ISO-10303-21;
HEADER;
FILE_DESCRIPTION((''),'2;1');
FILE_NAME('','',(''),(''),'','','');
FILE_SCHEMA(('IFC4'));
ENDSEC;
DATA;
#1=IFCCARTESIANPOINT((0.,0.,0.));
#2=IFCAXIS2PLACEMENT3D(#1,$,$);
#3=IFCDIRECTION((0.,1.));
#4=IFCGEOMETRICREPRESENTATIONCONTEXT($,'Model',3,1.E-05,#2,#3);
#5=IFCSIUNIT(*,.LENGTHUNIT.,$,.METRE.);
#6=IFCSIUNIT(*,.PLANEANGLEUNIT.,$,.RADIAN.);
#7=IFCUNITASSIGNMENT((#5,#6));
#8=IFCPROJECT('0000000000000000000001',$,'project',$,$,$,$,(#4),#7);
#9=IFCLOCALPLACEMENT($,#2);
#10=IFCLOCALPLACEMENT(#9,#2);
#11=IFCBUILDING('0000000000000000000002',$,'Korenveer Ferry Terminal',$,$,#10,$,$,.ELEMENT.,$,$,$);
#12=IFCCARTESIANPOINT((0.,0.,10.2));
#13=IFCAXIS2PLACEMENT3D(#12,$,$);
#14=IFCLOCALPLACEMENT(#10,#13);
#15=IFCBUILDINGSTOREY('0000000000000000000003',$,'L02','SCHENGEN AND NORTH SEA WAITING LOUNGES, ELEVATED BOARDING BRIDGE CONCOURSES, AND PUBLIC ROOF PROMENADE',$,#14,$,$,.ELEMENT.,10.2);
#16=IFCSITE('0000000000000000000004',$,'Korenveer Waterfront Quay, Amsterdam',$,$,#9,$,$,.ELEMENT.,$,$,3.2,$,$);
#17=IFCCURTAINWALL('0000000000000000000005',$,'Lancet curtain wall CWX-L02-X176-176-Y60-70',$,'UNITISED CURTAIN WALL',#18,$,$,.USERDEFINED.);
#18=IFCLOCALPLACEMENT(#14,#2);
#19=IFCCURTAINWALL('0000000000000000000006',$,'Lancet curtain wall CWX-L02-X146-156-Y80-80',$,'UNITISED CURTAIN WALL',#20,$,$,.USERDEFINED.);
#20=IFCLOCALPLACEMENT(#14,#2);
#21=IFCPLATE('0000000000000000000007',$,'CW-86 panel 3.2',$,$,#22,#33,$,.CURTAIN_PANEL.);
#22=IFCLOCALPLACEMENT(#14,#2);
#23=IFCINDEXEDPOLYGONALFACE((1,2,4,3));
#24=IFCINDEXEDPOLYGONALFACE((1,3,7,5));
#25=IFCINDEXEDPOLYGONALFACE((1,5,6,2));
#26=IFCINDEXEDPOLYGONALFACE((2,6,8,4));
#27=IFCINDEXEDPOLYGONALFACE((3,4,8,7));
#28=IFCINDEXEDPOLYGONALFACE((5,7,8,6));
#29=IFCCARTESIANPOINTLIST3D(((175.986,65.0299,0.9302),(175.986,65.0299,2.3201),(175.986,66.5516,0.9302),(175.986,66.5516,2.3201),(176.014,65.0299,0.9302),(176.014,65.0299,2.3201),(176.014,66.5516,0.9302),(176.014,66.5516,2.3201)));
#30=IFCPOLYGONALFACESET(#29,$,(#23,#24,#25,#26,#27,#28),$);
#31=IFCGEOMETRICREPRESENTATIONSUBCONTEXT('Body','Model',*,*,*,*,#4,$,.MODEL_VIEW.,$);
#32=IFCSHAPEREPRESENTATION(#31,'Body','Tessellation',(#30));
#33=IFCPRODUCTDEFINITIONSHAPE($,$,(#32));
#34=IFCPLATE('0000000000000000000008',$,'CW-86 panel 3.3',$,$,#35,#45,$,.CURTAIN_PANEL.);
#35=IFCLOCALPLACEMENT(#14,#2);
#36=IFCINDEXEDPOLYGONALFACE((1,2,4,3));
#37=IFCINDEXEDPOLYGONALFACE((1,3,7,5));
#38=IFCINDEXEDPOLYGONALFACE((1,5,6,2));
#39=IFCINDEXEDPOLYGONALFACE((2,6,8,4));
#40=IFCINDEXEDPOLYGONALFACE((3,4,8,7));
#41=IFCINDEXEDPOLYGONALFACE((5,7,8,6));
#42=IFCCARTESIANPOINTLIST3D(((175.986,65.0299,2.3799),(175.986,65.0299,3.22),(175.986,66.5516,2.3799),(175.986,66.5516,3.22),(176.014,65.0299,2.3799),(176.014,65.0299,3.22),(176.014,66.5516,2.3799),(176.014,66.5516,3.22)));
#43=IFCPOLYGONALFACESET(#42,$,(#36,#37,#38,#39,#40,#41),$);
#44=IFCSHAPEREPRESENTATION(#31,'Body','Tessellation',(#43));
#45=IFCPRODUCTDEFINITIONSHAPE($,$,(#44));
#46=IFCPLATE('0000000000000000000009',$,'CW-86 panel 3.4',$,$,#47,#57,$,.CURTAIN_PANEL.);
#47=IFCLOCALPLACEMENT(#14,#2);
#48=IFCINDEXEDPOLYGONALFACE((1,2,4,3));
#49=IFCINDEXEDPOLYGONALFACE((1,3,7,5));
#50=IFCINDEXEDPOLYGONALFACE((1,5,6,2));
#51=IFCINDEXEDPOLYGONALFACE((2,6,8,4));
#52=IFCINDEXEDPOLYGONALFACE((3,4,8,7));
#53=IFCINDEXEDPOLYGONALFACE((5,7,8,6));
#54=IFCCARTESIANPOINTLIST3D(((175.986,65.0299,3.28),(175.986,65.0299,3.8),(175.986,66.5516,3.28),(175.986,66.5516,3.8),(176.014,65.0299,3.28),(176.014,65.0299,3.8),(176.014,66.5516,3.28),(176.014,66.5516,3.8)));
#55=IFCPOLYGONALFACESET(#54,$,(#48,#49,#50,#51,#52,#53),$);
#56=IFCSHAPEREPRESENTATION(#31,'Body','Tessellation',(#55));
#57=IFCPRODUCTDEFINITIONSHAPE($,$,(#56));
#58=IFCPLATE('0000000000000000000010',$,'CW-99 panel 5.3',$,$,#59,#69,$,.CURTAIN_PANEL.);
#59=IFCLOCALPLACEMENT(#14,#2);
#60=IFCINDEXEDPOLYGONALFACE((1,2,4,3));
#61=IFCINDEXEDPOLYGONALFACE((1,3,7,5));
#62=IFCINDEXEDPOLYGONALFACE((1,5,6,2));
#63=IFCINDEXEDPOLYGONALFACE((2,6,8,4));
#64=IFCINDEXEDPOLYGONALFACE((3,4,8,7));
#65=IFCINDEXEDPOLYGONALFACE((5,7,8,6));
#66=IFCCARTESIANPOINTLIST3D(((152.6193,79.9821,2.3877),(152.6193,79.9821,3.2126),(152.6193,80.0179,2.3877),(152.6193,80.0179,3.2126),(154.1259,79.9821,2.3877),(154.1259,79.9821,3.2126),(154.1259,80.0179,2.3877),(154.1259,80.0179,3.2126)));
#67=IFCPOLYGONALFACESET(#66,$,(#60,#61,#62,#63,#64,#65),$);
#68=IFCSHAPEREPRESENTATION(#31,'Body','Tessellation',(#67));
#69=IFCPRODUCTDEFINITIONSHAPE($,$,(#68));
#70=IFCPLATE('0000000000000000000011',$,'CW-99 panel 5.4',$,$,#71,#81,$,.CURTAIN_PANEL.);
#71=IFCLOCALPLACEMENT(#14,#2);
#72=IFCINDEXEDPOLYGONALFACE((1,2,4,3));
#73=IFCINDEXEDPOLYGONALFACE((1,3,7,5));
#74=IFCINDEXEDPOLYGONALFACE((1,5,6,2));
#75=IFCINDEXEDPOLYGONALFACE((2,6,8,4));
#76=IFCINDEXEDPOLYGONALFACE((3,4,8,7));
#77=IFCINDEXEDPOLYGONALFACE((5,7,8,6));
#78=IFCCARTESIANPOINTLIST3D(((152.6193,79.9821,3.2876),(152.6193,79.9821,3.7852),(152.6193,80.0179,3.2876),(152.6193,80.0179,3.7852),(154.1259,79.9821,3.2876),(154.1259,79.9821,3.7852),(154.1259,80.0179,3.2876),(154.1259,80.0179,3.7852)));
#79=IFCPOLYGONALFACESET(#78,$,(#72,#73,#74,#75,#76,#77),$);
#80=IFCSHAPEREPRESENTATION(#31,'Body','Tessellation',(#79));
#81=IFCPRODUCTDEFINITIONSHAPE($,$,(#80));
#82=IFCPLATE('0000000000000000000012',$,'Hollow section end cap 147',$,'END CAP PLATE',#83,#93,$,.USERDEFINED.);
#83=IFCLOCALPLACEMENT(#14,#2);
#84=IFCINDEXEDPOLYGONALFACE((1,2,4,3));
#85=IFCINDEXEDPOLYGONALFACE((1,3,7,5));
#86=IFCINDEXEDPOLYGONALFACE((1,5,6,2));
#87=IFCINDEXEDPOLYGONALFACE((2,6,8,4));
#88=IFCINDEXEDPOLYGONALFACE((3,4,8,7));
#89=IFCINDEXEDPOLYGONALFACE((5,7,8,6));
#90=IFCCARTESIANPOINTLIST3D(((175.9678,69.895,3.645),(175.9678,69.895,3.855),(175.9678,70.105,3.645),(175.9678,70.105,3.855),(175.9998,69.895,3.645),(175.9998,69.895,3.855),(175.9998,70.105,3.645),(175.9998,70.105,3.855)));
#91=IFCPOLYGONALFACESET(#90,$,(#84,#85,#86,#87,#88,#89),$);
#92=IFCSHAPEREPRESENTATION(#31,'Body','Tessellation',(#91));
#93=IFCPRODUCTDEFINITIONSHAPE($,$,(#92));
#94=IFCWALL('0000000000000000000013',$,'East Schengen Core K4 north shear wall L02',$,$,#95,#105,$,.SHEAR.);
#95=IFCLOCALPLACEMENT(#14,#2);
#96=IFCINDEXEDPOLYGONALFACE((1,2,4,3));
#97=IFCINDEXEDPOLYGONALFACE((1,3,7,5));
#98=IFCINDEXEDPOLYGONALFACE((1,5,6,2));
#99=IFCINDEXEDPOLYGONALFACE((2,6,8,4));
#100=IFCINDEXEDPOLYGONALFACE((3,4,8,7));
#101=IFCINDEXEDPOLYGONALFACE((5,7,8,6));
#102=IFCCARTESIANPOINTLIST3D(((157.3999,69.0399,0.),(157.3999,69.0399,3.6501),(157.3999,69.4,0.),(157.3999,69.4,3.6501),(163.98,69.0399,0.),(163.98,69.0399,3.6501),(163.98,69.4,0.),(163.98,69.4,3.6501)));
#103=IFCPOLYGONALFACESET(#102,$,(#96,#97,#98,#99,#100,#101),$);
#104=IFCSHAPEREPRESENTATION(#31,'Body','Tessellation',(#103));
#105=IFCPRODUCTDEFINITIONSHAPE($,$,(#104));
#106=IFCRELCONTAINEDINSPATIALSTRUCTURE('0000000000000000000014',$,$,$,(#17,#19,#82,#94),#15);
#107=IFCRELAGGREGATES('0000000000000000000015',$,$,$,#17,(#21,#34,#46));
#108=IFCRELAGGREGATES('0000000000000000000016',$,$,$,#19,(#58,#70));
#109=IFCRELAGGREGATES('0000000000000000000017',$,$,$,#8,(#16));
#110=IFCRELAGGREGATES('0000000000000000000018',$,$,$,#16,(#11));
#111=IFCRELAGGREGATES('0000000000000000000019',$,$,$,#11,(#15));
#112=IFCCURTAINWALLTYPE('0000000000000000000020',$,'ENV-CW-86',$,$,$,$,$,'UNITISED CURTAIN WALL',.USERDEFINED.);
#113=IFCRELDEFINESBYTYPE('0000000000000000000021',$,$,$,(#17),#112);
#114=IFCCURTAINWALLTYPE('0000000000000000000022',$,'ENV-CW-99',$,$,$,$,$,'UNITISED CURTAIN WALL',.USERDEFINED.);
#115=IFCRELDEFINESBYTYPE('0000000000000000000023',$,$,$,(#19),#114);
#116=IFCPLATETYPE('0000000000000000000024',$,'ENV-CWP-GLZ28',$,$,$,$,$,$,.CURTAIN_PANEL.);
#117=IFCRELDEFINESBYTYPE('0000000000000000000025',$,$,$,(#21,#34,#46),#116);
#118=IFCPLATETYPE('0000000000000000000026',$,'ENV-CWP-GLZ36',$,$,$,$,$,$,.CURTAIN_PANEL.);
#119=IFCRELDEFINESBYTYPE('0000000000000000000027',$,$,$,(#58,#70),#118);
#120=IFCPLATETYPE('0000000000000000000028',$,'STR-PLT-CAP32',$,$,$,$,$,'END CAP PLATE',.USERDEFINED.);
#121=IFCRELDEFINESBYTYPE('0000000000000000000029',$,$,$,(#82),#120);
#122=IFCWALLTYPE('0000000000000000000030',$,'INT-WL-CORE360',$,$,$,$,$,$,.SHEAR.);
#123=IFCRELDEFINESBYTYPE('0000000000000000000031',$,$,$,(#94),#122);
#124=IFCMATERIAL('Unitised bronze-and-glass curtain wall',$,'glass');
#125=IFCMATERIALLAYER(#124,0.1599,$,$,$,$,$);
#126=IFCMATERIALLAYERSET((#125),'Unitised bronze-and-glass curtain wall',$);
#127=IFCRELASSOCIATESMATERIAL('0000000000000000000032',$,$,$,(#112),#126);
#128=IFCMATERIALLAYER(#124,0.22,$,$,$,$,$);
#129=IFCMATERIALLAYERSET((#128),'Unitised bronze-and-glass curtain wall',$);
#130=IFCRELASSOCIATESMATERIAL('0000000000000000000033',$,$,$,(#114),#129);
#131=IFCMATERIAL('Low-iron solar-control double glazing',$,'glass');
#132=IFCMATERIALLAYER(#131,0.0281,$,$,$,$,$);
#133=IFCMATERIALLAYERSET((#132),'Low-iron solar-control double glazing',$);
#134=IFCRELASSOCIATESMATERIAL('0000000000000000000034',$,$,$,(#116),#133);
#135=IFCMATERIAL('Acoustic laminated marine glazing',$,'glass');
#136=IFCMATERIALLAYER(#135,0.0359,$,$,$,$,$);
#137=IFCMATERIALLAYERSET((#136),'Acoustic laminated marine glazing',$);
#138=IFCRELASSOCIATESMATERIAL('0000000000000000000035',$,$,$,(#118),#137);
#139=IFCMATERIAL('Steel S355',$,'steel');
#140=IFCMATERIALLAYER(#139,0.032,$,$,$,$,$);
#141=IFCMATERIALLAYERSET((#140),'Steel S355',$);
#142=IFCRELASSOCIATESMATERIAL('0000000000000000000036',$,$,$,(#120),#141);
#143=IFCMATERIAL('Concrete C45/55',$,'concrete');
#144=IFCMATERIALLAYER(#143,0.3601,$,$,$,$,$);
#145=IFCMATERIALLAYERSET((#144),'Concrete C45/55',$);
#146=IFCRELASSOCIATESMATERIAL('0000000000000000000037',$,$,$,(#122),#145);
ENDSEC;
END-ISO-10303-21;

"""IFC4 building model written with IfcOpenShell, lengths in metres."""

from ifc_helpers import new_model, si_unit, direction, frame, frame_2d, origin, origin_2d, place, context, subcontext, project, spatial, rectangle, extrude, material, layer, layer_set, type_object, element, aggregate, save


model = new_model("IFC4")

# Units and contexts
model_context = context("Model", 3, precision=1e-05, world=origin(), true_north=direction((0.0, 1.0)))
body_context = subcontext(model_context, "Body", "Model", "MODEL_VIEW")
ifc_project = project(units=[si_unit("LENGTHUNIT", "METRE"), si_unit("PLANEANGLEUNIT", "RADIAN")], contexts=[model_context])

# Site, building, storey
site_placement = place(None, origin())
site = spatial("IfcSite", under=ifc_project, at=site_placement, Name="Korenveer Waterfront Quay, Amsterdam", CompositionType="ELEMENT", RefElevation=3.2)
building_placement = place(site_placement, origin())
building = spatial("IfcBuilding", under=site, at=building_placement, Name="Korenveer Ferry Terminal", CompositionType="ELEMENT")
storey_placement = place(building_placement, frame((0.0, 0.0, 10.2)))
storey = spatial("IfcBuildingStorey", under=building, at=storey_placement, Name="L02", Description="SCHENGEN AND NORTH SEA WAITING LOUNGES, ELEVATED BOARDING BRIDGE CONCOURSES, AND PUBLIC ROOF PROMENADE", CompositionType="ELEMENT", Elevation=10.2)

# Shared definitions
ifc_material_1 = material(Name="Concrete C45/55", Category="concrete")

# Curtain wall
ifc_material_2 = material(Name="Unitised bronze-and-glass curtain wall", Category="glass")
ifc_layer_1 = layer(ifc_material_2, 0.1599)
ifc_layer_set_1 = layer_set([ifc_layer_1], Name="Unitised bronze-and-glass curtain wall")
curtain_wall_type_1 = type_object("IfcCurtainWallType", Name="ENV-CW-86", ElementType="UNITISED CURTAIN WALL", PredefinedType="USERDEFINED", material=ifc_layer_set_1)
curtain_wall_1_placement = place(storey_placement, frame((176.0, 69.7451, 0.0)))
curtain_wall_1 = element("IfcCurtainWall", 1, at=curtain_wall_1_placement, inside=storey, type_object=curtain_wall_type_1, Name="Lancet curtain wall CWX-L02-X176-176-Y60-70", ObjectType="UNITISED CURTAIN WALL", PredefinedType="USERDEFINED")

# Curtain wall
ifc_layer_2 = layer(ifc_material_2, 0.22)
ifc_layer_set_2 = layer_set([ifc_layer_2], Name="Unitised bronze-and-glass curtain wall")
curtain_wall_type_2 = type_object("IfcCurtainWallType", Name="ENV-CW-99", ElementType="UNITISED CURTAIN WALL", PredefinedType="USERDEFINED", material=ifc_layer_set_2)
curtain_wall_2_placement = place(storey_placement, frame((146.2549, 80.0, 0.0)))
curtain_wall_2 = element("IfcCurtainWall", 2, at=curtain_wall_2_placement, inside=storey, type_object=curtain_wall_type_2, Name="Lancet curtain wall CWX-L02-X146-156-Y80-80", ObjectType="UNITISED CURTAIN WALL", PredefinedType="USERDEFINED")

# Plates
ifc_material_3 = material(Name="Low-iron solar-control double glazing", Category="glass")
ifc_layer_3 = layer(ifc_material_3, 0.0281)
ifc_layer_set_3 = layer_set([ifc_layer_3], Name="Low-iron solar-control double glazing")
plate_type_1 = type_object("IfcPlateType", Name="ENV-CWP-GLZ28", PredefinedType="CURTAIN_PANEL", material=ifc_layer_set_3)
plate_1_placement = place(storey_placement, frame((176.0, 65.7908, 0.9302), z_axis=(0.0, 0.0, 1.0), x_axis=(0.0, -1.0, 0.0)))
plate_1 = element("IfcPlate", 3, at=plate_1_placement, type_object=plate_type_1, Name="CW-86 panel 3.2", PredefinedType="CURTAIN_PANEL", context=body_context, shape_type="SweptSolid", body=[
    extrude(rectangle(XDim=1.5217, YDim=0.0281, at=origin_2d()), origin(), (0.0, 0.0, 1.0), 1.3899),
])
plate_2_placement = place(storey_placement, frame((176.0, 65.7908, 2.3799), z_axis=(0.0, 0.0, 1.0), x_axis=(0.0, -1.0, 0.0)))
plate_2 = element("IfcPlate", 4, at=plate_2_placement, type_object=plate_type_1, Name="CW-86 panel 3.3", PredefinedType="CURTAIN_PANEL", context=body_context, shape_type="SweptSolid", body=[
    extrude(rectangle(XDim=1.5217, YDim=0.0281, at=origin_2d()), origin(), (0.0, 0.0, 1.0), 0.8401),
])
plate_3_placement = place(storey_placement, frame((176.0, 65.7908, 3.28), z_axis=(0.0, 0.0, 1.0), x_axis=(0.0, -1.0, 0.0)))
plate_3 = element("IfcPlate", 5, at=plate_3_placement, type_object=plate_type_1, Name="CW-86 panel 3.4", PredefinedType="CURTAIN_PANEL", context=body_context, shape_type="SweptSolid", body=[
    extrude(rectangle(XDim=1.5217, YDim=0.0281, at=origin_2d()), origin(), (0.0, 0.0, 1.0), 0.52),
])
aggregate(curtain_wall_1, [plate_1, plate_2, plate_3])
ifc_material_4 = material(Name="Acoustic laminated marine glazing", Category="glass")
ifc_layer_4 = layer(ifc_material_4, 0.0359)
ifc_layer_set_4 = layer_set([ifc_layer_4], Name="Acoustic laminated marine glazing")
plate_type_2 = type_object("IfcPlateType", Name="ENV-CWP-GLZ36", PredefinedType="CURTAIN_PANEL", material=ifc_layer_set_4)
plate_4_placement = place(storey_placement, frame((153.3726, 80.0, 2.3877), z_axis=(0.0, 0.0, 1.0), x_axis=(1.0, 0.0, 0.0)))
plate_4 = element("IfcPlate", 6, at=plate_4_placement, type_object=plate_type_2, Name="CW-99 panel 5.3", PredefinedType="CURTAIN_PANEL", context=body_context, shape_type="SweptSolid", body=[
    extrude(rectangle(XDim=1.5066, YDim=0.0359, at=origin_2d()), origin(), (0.0, 0.0, 1.0), 0.825),
])
plate_5_placement = place(storey_placement, frame((153.3726, 80.0, 3.2876), z_axis=(0.0, 0.0, 1.0), x_axis=(1.0, 0.0, 0.0)))
plate_5 = element("IfcPlate", 7, at=plate_5_placement, type_object=plate_type_2, Name="CW-99 panel 5.4", PredefinedType="CURTAIN_PANEL", context=body_context, shape_type="SweptSolid", body=[
    extrude(rectangle(XDim=1.5066, YDim=0.0359, at=origin_2d()), origin(), (0.0, 0.0, 1.0), 0.4976),
])
aggregate(curtain_wall_2, [plate_4, plate_5])
ifc_material_5 = material(Name="Steel S355", Category="steel")
ifc_layer_5 = layer(ifc_material_5, 0.032)
ifc_layer_set_5 = layer_set([ifc_layer_5], Name="Steel S355")
plate_type_3 = type_object("IfcPlateType", Name="STR-PLT-CAP32", ElementType="END CAP PLATE", PredefinedType="USERDEFINED", material=ifc_layer_set_5)
plate_6_placement = place(storey_placement, frame((175.9678, 70.0, 3.75), z_axis=(1.0, 0.0, 0.0), x_axis=(0.0, 1.0, 0.0)))
element("IfcPlate", 8, at=plate_6_placement, inside=storey, type_object=plate_type_3, Name="Hollow section end cap 147", ObjectType="END CAP PLATE", PredefinedType="USERDEFINED", context=body_context, shape_type="SweptSolid", body=[
    extrude(rectangle(XDim=0.21, YDim=0.21, at=origin_2d()), origin(), (0.0, 0.0, 1.0), 0.032),
])

# Wall
ifc_layer_6 = layer(ifc_material_1, 0.3601)
ifc_layer_set_6 = layer_set([ifc_layer_6], Name="Concrete C45/55")
wall_type = type_object("IfcWallType", Name="INT-WL-CORE360", PredefinedType="SHEAR", material=ifc_layer_set_6)
wall_placement = place(storey_placement, frame((157.3999, 69.22, 0.0), z_axis=(0.0, 0.0, 1.0), x_axis=(1.0, 0.0, 0.0)))
element("IfcWall", 9, at=wall_placement, inside=storey, type_object=wall_type, Name="East Schengen Core K4 north shear wall L02", PredefinedType="SHEAR", context=body_context, shape_type="SweptSolid", body=[
    extrude(rectangle(XDim=6.5801, YDim=0.3601, at=frame_2d((3.29, 0.0))), origin(), (0.0, 0.0, 1.0), 3.6501),
])

save(model, "model.ifc")
